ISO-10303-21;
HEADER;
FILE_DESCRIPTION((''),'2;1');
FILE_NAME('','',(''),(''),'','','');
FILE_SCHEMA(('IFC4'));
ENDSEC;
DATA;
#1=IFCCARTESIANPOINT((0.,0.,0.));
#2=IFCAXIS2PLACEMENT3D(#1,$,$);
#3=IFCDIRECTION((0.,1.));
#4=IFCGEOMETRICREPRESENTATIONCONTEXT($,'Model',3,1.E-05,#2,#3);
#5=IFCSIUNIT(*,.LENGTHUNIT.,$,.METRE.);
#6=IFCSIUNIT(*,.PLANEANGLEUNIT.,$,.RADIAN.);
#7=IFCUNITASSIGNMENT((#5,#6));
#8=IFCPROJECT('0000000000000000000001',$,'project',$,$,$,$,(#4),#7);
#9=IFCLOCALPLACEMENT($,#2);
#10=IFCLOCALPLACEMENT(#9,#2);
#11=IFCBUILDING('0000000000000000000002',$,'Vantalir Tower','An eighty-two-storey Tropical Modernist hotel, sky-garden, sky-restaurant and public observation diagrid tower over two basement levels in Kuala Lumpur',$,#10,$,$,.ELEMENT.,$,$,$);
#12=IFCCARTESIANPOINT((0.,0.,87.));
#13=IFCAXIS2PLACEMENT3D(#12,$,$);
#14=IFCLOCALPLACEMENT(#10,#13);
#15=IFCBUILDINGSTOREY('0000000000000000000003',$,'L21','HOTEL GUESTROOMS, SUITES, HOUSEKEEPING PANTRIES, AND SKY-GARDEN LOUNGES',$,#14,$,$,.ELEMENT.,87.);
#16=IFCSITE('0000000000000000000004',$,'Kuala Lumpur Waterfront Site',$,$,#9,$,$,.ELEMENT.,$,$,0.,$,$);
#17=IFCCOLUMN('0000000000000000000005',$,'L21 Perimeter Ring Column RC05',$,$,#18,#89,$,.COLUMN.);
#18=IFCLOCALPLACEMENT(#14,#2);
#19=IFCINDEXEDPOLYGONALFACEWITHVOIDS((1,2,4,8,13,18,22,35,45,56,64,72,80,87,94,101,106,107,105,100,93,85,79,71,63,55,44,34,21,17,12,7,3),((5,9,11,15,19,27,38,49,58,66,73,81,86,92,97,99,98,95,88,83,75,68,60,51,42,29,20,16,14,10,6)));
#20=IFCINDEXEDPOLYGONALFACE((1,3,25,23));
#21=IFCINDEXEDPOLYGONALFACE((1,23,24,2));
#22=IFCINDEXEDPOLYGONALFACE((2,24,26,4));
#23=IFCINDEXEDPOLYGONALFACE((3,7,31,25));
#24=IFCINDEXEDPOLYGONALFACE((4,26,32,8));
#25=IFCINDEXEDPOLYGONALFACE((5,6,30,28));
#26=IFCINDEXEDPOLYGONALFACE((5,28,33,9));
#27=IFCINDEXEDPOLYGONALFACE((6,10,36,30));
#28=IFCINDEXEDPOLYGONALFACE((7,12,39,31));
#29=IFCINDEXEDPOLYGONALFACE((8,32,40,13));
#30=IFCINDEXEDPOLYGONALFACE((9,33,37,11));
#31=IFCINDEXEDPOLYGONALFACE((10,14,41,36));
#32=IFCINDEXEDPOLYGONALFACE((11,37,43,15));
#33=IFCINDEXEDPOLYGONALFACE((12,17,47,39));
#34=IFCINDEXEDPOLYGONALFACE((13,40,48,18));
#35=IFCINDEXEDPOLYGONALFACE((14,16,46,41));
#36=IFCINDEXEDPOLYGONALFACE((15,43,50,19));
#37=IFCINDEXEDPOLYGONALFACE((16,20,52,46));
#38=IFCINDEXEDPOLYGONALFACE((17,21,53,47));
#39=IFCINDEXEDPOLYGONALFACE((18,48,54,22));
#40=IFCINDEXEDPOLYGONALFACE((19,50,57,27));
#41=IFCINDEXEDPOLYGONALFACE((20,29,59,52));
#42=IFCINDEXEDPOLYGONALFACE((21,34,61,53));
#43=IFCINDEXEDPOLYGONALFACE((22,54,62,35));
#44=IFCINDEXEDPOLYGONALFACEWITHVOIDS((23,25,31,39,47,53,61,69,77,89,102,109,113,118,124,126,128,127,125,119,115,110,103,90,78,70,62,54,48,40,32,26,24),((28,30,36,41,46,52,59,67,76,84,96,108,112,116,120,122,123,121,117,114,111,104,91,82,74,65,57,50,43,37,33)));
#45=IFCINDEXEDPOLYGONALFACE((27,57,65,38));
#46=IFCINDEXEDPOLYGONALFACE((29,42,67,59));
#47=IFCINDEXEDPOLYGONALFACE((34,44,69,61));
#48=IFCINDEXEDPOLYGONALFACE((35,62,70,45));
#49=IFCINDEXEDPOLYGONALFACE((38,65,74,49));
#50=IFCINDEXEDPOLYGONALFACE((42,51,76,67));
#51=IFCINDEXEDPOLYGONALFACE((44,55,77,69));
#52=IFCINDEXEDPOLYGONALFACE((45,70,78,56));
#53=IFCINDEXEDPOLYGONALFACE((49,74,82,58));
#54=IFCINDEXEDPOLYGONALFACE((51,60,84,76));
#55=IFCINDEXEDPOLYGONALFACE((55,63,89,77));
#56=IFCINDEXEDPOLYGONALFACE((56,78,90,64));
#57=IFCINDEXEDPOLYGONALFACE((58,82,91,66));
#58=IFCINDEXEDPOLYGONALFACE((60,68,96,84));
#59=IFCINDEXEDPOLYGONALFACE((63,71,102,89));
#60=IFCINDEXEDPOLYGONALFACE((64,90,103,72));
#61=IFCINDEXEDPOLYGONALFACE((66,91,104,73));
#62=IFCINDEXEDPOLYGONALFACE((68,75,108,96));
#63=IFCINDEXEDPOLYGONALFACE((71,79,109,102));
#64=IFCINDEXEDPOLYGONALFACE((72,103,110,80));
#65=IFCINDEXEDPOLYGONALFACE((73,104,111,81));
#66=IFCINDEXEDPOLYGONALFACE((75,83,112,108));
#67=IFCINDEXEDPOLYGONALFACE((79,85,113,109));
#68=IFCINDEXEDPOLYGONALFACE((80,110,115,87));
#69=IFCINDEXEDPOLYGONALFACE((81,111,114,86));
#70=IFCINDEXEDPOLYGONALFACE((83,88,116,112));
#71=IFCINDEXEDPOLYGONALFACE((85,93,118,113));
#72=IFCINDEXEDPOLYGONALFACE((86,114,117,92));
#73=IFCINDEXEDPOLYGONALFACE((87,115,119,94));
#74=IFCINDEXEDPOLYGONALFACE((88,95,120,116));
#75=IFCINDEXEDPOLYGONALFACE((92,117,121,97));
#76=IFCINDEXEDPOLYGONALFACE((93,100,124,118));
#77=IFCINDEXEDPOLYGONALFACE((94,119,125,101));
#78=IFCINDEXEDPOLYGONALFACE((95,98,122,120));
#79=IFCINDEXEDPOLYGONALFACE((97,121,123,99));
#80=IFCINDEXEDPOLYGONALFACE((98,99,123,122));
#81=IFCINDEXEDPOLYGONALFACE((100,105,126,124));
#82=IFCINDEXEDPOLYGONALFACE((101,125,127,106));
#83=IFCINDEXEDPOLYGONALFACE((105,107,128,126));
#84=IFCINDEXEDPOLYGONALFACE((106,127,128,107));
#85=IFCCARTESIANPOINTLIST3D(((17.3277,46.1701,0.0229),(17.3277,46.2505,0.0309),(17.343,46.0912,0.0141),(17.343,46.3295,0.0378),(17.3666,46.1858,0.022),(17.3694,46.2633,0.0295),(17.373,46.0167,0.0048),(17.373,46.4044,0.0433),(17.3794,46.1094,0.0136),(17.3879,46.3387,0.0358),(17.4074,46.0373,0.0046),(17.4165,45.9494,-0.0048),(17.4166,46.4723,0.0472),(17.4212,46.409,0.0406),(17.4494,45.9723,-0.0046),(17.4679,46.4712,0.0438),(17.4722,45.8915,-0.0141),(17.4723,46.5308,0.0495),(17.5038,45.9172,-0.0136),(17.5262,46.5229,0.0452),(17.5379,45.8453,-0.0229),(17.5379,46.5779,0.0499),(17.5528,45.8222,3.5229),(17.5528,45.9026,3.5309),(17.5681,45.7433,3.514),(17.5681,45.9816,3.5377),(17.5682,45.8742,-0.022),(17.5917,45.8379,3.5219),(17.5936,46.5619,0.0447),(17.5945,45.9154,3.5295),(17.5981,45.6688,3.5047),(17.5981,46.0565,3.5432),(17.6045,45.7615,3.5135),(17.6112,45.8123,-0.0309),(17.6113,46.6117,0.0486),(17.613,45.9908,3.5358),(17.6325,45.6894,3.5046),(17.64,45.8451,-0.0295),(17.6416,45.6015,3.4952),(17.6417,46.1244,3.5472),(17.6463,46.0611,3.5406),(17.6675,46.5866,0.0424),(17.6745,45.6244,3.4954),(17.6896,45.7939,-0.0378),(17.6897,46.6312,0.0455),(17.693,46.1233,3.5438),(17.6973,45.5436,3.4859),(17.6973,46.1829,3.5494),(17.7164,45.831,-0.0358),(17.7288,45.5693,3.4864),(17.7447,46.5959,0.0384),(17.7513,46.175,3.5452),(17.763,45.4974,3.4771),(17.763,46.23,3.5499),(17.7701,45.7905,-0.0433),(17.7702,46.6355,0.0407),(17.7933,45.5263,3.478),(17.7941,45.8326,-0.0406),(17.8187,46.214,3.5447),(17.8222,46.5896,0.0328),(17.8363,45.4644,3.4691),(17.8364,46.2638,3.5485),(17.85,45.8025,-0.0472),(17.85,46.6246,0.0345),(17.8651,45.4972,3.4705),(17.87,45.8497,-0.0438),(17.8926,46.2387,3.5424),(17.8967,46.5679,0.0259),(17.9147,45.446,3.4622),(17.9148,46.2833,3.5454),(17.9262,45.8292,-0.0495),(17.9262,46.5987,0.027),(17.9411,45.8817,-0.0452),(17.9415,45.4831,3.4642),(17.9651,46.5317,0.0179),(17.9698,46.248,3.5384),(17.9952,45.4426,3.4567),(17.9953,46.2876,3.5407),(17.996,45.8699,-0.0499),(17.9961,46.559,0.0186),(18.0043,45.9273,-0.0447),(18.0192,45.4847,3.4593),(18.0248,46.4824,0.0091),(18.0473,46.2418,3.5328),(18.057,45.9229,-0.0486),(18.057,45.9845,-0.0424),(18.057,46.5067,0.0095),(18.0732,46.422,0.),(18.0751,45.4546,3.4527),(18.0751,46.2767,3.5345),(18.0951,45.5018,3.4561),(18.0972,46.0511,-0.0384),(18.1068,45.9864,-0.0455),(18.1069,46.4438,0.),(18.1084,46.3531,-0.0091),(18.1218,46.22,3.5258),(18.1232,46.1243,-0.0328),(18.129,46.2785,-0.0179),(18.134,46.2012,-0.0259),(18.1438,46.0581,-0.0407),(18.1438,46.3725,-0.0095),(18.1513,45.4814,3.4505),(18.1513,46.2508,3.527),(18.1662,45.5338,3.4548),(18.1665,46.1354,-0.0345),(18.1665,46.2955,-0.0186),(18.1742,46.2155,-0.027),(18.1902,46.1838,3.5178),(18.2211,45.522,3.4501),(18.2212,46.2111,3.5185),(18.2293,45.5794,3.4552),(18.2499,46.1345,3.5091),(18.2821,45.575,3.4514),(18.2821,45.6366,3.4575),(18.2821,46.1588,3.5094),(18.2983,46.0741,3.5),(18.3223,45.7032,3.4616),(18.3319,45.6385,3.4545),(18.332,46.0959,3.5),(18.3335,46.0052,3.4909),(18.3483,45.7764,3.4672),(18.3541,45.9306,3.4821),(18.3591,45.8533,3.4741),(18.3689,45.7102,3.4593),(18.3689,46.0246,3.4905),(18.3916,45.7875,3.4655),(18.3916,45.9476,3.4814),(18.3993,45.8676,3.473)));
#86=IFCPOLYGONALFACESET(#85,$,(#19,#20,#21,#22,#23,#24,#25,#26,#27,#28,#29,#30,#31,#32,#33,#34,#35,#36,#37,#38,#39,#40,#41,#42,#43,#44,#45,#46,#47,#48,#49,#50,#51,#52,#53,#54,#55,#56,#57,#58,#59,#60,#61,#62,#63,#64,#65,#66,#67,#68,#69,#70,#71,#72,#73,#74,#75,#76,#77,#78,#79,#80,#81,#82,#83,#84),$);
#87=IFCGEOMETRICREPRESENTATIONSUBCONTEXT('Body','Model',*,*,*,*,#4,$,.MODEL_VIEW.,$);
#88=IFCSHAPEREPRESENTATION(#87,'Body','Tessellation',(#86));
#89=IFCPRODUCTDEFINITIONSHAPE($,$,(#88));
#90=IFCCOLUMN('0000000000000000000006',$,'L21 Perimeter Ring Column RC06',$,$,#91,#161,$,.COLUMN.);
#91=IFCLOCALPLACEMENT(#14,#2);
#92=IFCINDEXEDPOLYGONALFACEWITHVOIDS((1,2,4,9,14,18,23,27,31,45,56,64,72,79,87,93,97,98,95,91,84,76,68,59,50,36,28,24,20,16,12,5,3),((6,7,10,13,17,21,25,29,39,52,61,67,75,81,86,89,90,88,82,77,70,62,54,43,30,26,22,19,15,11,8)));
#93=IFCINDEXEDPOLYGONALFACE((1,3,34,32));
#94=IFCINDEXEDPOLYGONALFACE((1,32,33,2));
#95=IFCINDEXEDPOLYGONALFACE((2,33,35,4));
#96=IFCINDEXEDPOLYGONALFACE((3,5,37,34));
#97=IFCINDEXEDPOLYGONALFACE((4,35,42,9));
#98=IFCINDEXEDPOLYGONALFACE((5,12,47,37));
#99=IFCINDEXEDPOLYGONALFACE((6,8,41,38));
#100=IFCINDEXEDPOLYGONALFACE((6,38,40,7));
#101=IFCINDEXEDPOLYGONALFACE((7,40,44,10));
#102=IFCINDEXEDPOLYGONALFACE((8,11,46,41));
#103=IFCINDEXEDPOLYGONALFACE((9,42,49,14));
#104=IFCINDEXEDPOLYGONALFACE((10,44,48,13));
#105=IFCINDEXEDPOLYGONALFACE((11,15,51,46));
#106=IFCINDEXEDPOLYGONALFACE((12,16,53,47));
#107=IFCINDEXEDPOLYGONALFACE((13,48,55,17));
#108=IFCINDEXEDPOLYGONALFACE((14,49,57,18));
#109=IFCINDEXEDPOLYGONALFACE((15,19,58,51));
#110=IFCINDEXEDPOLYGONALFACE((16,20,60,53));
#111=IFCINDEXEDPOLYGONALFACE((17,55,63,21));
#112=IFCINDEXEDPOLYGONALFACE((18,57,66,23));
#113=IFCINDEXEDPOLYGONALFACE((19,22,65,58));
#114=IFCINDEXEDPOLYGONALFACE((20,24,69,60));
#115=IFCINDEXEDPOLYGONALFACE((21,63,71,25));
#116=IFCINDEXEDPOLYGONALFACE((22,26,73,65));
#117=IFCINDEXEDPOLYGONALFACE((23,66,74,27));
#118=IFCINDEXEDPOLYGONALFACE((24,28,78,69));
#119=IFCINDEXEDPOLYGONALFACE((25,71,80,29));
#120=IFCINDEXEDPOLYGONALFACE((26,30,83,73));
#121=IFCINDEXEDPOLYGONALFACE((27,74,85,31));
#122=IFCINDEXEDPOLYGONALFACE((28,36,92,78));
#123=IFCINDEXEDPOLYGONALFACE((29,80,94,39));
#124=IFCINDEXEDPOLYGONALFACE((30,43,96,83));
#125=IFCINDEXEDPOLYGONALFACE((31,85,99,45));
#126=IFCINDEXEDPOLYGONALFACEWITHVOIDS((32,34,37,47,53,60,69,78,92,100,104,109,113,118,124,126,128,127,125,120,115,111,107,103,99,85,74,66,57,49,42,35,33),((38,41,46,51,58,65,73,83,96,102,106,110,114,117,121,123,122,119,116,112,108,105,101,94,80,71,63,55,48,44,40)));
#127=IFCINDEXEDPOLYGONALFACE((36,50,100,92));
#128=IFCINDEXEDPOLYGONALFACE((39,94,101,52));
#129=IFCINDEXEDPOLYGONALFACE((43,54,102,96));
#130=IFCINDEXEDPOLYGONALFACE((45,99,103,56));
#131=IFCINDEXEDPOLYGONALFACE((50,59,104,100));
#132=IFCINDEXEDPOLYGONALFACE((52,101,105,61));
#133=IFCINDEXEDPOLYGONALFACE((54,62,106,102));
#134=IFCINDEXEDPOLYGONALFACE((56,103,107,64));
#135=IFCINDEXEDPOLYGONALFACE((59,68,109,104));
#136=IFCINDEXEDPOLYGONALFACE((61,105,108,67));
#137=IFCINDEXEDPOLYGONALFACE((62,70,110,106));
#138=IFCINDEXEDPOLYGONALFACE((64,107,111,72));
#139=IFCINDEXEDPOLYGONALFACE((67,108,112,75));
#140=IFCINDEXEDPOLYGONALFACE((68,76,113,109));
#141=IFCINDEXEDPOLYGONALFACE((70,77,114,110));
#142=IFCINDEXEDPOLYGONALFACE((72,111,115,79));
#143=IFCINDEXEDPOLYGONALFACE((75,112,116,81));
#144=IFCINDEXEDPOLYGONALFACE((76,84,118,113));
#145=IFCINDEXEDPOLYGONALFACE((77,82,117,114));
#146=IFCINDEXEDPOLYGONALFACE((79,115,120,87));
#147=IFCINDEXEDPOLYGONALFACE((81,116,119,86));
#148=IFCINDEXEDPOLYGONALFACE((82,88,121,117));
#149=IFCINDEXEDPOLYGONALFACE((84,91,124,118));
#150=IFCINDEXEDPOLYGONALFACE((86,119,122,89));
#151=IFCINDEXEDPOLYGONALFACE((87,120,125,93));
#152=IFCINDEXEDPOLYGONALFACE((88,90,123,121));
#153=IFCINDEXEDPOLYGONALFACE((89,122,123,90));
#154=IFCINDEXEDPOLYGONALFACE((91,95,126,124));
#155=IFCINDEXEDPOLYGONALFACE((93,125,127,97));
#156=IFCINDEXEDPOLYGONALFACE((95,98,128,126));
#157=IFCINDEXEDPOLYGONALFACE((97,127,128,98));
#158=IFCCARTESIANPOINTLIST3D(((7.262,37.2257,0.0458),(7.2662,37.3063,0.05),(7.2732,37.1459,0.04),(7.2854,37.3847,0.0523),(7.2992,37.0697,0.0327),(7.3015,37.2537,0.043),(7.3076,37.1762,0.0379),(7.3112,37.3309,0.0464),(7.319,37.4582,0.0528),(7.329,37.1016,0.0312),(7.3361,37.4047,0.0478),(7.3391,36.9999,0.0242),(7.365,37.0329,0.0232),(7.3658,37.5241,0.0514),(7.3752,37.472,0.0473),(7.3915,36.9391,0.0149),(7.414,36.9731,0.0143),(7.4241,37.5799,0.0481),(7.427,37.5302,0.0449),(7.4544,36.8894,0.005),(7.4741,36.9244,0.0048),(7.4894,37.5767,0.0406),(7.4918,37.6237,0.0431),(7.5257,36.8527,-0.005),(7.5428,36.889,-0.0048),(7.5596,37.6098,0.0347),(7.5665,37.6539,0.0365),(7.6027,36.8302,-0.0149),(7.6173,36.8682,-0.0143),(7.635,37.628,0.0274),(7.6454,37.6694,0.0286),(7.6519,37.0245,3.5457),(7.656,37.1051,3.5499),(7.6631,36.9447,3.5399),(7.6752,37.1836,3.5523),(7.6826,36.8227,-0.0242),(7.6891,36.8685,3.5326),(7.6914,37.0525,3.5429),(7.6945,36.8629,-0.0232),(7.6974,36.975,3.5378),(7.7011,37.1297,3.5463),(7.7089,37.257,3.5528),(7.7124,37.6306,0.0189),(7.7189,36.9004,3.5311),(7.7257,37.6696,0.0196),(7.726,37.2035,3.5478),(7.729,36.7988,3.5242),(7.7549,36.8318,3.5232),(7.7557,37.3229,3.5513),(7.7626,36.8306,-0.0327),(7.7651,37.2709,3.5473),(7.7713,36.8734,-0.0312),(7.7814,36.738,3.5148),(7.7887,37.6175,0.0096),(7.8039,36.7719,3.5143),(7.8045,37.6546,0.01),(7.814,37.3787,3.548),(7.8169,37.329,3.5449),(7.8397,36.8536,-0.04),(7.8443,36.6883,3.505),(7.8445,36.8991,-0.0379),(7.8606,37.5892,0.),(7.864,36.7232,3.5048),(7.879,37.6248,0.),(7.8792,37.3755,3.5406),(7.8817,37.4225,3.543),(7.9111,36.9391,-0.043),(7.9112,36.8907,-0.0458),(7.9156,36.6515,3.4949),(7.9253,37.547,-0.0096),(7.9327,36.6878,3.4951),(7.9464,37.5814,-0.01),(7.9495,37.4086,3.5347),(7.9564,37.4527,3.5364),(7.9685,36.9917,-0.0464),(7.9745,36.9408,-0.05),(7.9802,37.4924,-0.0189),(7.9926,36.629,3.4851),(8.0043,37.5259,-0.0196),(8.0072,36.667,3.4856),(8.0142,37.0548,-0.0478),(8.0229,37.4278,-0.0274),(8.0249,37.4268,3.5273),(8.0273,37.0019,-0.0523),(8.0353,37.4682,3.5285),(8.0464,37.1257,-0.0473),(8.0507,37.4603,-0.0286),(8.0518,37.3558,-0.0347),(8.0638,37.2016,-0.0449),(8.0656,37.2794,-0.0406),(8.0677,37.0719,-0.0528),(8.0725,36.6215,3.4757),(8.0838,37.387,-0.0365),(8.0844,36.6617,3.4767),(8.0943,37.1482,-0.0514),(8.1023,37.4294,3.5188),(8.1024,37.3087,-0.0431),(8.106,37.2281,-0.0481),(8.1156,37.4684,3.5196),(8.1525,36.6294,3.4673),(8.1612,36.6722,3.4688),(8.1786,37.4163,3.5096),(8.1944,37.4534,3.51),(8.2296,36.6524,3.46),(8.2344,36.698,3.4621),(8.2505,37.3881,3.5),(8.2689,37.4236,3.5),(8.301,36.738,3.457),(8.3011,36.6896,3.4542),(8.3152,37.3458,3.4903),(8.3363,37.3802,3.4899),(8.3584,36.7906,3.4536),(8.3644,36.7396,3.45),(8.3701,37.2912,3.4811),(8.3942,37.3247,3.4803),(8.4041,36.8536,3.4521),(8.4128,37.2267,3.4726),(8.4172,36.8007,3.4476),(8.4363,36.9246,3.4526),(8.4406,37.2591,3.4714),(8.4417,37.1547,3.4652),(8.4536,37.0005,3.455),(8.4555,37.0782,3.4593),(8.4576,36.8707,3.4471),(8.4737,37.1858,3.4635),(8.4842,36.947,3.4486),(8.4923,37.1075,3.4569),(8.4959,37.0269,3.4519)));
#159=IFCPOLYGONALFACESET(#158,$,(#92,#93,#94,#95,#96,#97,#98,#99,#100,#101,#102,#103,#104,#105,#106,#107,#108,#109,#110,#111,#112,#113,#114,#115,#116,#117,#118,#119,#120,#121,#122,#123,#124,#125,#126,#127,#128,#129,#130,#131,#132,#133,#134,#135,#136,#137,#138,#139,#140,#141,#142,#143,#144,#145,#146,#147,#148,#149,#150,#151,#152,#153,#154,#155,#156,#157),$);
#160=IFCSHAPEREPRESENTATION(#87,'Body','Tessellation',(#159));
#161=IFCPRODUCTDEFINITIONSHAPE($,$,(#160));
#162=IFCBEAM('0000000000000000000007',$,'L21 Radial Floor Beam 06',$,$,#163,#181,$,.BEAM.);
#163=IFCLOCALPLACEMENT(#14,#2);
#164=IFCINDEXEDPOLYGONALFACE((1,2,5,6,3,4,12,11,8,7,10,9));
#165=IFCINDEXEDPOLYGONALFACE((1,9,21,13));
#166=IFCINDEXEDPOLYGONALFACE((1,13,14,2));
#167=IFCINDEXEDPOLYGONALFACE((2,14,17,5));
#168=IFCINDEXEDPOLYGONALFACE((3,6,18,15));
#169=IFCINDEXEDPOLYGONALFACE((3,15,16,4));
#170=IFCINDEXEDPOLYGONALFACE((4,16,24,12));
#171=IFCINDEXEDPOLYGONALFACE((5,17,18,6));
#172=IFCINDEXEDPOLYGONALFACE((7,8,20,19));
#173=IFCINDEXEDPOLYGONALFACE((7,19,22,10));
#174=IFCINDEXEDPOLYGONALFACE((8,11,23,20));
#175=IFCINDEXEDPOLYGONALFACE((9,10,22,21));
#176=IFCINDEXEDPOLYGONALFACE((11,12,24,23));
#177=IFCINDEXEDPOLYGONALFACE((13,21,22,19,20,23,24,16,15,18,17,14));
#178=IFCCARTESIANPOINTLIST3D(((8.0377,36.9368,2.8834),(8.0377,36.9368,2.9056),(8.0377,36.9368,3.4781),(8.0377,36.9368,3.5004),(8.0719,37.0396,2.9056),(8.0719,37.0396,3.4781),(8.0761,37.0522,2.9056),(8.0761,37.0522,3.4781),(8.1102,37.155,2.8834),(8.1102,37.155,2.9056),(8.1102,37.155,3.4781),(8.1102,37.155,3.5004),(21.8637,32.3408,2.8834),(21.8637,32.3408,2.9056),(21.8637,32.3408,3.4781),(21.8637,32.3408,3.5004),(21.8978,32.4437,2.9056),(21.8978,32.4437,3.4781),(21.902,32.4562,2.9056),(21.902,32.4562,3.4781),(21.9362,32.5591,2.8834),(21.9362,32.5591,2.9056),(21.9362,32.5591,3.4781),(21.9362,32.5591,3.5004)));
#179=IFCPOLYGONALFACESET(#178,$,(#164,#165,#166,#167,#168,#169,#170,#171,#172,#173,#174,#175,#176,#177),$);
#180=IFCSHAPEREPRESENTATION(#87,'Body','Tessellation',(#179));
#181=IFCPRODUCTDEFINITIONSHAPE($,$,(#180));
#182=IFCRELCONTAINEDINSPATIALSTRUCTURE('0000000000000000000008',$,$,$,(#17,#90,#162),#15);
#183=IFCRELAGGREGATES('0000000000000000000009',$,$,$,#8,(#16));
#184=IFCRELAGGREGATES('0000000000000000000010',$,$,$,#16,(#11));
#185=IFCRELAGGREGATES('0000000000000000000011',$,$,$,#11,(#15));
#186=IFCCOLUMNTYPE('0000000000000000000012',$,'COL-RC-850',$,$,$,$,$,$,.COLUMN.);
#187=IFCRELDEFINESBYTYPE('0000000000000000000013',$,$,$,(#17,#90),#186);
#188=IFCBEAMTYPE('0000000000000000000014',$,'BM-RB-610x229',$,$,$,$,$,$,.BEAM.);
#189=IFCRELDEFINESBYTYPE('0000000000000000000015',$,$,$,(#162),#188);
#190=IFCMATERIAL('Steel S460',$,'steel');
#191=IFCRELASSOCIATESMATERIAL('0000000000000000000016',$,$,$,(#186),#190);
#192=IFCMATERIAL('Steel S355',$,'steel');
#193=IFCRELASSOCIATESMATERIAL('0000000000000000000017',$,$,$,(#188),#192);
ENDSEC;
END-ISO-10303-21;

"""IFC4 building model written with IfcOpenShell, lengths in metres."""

from ifc_helpers import new_model, si_unit, direction, frame, origin, origin_2d, place, context, subcontext, project, spatial, hollow_circle, i_section, extrude, material, material_profile, profile_set, type_object, element, save


model = new_model("IFC4")

# Units and contexts
model_context = context("Model", 3, precision=1e-05, world=origin(), true_north=direction((0.0, 1.0)))
body_context = subcontext(model_context, "Body", "Model", "MODEL_VIEW")
ifc_project = project(units=[si_unit("LENGTHUNIT", "METRE"), si_unit("PLANEANGLEUNIT", "RADIAN")], contexts=[model_context])

# Site, building, storey
site_placement = place(None, origin())
site = spatial("IfcSite", under=ifc_project, at=site_placement, Name="Kuala Lumpur Waterfront Site", CompositionType="ELEMENT", RefElevation=0.0)
building_placement = place(site_placement, origin())
building = spatial("IfcBuilding", under=site, at=building_placement, Name="Vantalir Tower", Description="An eighty-two-storey Tropical Modernist hotel, sky-garden, sky-restaurant and public observation diagrid tower over two basement levels in Kuala Lumpur", CompositionType="ELEMENT")
storey_placement = place(building_placement, frame((0.0, 0.0, 87.0)))
storey = spatial("IfcBuildingStorey", under=building, at=storey_placement, Name="L21", Description="HOTEL GUESTROOMS, SUITES, HOUSEKEEPING PANTRIES, AND SKY-GARDEN LOUNGES", CompositionType="ELEMENT", Elevation=87.0)

# Columns
ifc_material_1 = material(Name="Steel S460", Category="steel")
ifc_material_profile_1 = material_profile(ifc_material_1, hollow_circle(Radius=0.425, WallThickness=0.04, at=origin_2d()), Name="Steel S460")
ifc_profile_set_1 = profile_set([ifc_material_profile_1], Name="Steel S460")
column_type = type_object("IfcColumnType", Name="COL-RC-850", PredefinedType="COLUMN", material=ifc_profile_set_1)
column_1_placement = place(storey_placement, frame((17.75, 46.2129, 0.0), z_axis=(0.063868, -0.098711, 0.993065), x_axis=(0.839586, 0.543227, 0.0)))
element("IfcColumn", 1, at=column_1_placement, inside=storey, type_object=column_type, Name="L21 Perimeter Ring Column RC05", PredefinedType="COLUMN", context=body_context, shape_type="SweptSolid", body=[
    extrude(hollow_circle(Radius=0.425, WallThickness=0.04, at=origin_2d()), origin(), (0.0, 0.0, 1.0), 3.5244),
])
column_2_placement = place(storey_placement, frame((7.6841, 37.2471, 0.0), z_axis=(0.110533, -0.057031, 0.992235), x_axis=(0.45853, 0.888679, 0.0)))
element("IfcColumn", 2, at=column_2_placement, inside=storey, type_object=column_type, Name="L21 Perimeter Ring Column RC06", PredefinedType="COLUMN", context=body_context, shape_type="SweptSolid", body=[
    extrude(hollow_circle(Radius=0.425, WallThickness=0.04, at=origin_2d()), origin(), (0.0, 0.0, 1.0), 3.5273),
])

# Beam
ifc_material_2 = material(Name="Steel S355", Category="steel")
ifc_material_profile_2 = material_profile(ifc_material_2, i_section(OverallWidth=0.23, OverallDepth=0.6169, WebThickness=0.0132, FlangeThickness=0.0222, at=origin_2d()), Name="Steel S355")
ifc_profile_set_2 = profile_set([ifc_material_profile_2], Name="Steel S355")
beam_type_1 = type_object("IfcBeamType", Name="BM-RB-610x229", PredefinedType="BEAM", material=ifc_profile_set_2)
beam_1_placement = place(storey_placement, frame((8.074, 37.0459, 3.1919), z_axis=(0.948944, -0.315443, 0.0), x_axis=(0.315443, 0.948944, 0.0)))
element("IfcBeam", 3, at=beam_1_placement, inside=storey, type_object=beam_type_1, Name="L21 Radial Floor Beam 06", PredefinedType="BEAM", context=body_context, shape_type="SweptSolid", body=[
    extrude(i_section(OverallWidth=0.23, OverallDepth=0.6169, WebThickness=0.0132, FlangeThickness=0.0222, at=origin_2d()), origin(), (0.0, 0.0, 1.0), 14.5698),
])

save(model, "model.ifc")
